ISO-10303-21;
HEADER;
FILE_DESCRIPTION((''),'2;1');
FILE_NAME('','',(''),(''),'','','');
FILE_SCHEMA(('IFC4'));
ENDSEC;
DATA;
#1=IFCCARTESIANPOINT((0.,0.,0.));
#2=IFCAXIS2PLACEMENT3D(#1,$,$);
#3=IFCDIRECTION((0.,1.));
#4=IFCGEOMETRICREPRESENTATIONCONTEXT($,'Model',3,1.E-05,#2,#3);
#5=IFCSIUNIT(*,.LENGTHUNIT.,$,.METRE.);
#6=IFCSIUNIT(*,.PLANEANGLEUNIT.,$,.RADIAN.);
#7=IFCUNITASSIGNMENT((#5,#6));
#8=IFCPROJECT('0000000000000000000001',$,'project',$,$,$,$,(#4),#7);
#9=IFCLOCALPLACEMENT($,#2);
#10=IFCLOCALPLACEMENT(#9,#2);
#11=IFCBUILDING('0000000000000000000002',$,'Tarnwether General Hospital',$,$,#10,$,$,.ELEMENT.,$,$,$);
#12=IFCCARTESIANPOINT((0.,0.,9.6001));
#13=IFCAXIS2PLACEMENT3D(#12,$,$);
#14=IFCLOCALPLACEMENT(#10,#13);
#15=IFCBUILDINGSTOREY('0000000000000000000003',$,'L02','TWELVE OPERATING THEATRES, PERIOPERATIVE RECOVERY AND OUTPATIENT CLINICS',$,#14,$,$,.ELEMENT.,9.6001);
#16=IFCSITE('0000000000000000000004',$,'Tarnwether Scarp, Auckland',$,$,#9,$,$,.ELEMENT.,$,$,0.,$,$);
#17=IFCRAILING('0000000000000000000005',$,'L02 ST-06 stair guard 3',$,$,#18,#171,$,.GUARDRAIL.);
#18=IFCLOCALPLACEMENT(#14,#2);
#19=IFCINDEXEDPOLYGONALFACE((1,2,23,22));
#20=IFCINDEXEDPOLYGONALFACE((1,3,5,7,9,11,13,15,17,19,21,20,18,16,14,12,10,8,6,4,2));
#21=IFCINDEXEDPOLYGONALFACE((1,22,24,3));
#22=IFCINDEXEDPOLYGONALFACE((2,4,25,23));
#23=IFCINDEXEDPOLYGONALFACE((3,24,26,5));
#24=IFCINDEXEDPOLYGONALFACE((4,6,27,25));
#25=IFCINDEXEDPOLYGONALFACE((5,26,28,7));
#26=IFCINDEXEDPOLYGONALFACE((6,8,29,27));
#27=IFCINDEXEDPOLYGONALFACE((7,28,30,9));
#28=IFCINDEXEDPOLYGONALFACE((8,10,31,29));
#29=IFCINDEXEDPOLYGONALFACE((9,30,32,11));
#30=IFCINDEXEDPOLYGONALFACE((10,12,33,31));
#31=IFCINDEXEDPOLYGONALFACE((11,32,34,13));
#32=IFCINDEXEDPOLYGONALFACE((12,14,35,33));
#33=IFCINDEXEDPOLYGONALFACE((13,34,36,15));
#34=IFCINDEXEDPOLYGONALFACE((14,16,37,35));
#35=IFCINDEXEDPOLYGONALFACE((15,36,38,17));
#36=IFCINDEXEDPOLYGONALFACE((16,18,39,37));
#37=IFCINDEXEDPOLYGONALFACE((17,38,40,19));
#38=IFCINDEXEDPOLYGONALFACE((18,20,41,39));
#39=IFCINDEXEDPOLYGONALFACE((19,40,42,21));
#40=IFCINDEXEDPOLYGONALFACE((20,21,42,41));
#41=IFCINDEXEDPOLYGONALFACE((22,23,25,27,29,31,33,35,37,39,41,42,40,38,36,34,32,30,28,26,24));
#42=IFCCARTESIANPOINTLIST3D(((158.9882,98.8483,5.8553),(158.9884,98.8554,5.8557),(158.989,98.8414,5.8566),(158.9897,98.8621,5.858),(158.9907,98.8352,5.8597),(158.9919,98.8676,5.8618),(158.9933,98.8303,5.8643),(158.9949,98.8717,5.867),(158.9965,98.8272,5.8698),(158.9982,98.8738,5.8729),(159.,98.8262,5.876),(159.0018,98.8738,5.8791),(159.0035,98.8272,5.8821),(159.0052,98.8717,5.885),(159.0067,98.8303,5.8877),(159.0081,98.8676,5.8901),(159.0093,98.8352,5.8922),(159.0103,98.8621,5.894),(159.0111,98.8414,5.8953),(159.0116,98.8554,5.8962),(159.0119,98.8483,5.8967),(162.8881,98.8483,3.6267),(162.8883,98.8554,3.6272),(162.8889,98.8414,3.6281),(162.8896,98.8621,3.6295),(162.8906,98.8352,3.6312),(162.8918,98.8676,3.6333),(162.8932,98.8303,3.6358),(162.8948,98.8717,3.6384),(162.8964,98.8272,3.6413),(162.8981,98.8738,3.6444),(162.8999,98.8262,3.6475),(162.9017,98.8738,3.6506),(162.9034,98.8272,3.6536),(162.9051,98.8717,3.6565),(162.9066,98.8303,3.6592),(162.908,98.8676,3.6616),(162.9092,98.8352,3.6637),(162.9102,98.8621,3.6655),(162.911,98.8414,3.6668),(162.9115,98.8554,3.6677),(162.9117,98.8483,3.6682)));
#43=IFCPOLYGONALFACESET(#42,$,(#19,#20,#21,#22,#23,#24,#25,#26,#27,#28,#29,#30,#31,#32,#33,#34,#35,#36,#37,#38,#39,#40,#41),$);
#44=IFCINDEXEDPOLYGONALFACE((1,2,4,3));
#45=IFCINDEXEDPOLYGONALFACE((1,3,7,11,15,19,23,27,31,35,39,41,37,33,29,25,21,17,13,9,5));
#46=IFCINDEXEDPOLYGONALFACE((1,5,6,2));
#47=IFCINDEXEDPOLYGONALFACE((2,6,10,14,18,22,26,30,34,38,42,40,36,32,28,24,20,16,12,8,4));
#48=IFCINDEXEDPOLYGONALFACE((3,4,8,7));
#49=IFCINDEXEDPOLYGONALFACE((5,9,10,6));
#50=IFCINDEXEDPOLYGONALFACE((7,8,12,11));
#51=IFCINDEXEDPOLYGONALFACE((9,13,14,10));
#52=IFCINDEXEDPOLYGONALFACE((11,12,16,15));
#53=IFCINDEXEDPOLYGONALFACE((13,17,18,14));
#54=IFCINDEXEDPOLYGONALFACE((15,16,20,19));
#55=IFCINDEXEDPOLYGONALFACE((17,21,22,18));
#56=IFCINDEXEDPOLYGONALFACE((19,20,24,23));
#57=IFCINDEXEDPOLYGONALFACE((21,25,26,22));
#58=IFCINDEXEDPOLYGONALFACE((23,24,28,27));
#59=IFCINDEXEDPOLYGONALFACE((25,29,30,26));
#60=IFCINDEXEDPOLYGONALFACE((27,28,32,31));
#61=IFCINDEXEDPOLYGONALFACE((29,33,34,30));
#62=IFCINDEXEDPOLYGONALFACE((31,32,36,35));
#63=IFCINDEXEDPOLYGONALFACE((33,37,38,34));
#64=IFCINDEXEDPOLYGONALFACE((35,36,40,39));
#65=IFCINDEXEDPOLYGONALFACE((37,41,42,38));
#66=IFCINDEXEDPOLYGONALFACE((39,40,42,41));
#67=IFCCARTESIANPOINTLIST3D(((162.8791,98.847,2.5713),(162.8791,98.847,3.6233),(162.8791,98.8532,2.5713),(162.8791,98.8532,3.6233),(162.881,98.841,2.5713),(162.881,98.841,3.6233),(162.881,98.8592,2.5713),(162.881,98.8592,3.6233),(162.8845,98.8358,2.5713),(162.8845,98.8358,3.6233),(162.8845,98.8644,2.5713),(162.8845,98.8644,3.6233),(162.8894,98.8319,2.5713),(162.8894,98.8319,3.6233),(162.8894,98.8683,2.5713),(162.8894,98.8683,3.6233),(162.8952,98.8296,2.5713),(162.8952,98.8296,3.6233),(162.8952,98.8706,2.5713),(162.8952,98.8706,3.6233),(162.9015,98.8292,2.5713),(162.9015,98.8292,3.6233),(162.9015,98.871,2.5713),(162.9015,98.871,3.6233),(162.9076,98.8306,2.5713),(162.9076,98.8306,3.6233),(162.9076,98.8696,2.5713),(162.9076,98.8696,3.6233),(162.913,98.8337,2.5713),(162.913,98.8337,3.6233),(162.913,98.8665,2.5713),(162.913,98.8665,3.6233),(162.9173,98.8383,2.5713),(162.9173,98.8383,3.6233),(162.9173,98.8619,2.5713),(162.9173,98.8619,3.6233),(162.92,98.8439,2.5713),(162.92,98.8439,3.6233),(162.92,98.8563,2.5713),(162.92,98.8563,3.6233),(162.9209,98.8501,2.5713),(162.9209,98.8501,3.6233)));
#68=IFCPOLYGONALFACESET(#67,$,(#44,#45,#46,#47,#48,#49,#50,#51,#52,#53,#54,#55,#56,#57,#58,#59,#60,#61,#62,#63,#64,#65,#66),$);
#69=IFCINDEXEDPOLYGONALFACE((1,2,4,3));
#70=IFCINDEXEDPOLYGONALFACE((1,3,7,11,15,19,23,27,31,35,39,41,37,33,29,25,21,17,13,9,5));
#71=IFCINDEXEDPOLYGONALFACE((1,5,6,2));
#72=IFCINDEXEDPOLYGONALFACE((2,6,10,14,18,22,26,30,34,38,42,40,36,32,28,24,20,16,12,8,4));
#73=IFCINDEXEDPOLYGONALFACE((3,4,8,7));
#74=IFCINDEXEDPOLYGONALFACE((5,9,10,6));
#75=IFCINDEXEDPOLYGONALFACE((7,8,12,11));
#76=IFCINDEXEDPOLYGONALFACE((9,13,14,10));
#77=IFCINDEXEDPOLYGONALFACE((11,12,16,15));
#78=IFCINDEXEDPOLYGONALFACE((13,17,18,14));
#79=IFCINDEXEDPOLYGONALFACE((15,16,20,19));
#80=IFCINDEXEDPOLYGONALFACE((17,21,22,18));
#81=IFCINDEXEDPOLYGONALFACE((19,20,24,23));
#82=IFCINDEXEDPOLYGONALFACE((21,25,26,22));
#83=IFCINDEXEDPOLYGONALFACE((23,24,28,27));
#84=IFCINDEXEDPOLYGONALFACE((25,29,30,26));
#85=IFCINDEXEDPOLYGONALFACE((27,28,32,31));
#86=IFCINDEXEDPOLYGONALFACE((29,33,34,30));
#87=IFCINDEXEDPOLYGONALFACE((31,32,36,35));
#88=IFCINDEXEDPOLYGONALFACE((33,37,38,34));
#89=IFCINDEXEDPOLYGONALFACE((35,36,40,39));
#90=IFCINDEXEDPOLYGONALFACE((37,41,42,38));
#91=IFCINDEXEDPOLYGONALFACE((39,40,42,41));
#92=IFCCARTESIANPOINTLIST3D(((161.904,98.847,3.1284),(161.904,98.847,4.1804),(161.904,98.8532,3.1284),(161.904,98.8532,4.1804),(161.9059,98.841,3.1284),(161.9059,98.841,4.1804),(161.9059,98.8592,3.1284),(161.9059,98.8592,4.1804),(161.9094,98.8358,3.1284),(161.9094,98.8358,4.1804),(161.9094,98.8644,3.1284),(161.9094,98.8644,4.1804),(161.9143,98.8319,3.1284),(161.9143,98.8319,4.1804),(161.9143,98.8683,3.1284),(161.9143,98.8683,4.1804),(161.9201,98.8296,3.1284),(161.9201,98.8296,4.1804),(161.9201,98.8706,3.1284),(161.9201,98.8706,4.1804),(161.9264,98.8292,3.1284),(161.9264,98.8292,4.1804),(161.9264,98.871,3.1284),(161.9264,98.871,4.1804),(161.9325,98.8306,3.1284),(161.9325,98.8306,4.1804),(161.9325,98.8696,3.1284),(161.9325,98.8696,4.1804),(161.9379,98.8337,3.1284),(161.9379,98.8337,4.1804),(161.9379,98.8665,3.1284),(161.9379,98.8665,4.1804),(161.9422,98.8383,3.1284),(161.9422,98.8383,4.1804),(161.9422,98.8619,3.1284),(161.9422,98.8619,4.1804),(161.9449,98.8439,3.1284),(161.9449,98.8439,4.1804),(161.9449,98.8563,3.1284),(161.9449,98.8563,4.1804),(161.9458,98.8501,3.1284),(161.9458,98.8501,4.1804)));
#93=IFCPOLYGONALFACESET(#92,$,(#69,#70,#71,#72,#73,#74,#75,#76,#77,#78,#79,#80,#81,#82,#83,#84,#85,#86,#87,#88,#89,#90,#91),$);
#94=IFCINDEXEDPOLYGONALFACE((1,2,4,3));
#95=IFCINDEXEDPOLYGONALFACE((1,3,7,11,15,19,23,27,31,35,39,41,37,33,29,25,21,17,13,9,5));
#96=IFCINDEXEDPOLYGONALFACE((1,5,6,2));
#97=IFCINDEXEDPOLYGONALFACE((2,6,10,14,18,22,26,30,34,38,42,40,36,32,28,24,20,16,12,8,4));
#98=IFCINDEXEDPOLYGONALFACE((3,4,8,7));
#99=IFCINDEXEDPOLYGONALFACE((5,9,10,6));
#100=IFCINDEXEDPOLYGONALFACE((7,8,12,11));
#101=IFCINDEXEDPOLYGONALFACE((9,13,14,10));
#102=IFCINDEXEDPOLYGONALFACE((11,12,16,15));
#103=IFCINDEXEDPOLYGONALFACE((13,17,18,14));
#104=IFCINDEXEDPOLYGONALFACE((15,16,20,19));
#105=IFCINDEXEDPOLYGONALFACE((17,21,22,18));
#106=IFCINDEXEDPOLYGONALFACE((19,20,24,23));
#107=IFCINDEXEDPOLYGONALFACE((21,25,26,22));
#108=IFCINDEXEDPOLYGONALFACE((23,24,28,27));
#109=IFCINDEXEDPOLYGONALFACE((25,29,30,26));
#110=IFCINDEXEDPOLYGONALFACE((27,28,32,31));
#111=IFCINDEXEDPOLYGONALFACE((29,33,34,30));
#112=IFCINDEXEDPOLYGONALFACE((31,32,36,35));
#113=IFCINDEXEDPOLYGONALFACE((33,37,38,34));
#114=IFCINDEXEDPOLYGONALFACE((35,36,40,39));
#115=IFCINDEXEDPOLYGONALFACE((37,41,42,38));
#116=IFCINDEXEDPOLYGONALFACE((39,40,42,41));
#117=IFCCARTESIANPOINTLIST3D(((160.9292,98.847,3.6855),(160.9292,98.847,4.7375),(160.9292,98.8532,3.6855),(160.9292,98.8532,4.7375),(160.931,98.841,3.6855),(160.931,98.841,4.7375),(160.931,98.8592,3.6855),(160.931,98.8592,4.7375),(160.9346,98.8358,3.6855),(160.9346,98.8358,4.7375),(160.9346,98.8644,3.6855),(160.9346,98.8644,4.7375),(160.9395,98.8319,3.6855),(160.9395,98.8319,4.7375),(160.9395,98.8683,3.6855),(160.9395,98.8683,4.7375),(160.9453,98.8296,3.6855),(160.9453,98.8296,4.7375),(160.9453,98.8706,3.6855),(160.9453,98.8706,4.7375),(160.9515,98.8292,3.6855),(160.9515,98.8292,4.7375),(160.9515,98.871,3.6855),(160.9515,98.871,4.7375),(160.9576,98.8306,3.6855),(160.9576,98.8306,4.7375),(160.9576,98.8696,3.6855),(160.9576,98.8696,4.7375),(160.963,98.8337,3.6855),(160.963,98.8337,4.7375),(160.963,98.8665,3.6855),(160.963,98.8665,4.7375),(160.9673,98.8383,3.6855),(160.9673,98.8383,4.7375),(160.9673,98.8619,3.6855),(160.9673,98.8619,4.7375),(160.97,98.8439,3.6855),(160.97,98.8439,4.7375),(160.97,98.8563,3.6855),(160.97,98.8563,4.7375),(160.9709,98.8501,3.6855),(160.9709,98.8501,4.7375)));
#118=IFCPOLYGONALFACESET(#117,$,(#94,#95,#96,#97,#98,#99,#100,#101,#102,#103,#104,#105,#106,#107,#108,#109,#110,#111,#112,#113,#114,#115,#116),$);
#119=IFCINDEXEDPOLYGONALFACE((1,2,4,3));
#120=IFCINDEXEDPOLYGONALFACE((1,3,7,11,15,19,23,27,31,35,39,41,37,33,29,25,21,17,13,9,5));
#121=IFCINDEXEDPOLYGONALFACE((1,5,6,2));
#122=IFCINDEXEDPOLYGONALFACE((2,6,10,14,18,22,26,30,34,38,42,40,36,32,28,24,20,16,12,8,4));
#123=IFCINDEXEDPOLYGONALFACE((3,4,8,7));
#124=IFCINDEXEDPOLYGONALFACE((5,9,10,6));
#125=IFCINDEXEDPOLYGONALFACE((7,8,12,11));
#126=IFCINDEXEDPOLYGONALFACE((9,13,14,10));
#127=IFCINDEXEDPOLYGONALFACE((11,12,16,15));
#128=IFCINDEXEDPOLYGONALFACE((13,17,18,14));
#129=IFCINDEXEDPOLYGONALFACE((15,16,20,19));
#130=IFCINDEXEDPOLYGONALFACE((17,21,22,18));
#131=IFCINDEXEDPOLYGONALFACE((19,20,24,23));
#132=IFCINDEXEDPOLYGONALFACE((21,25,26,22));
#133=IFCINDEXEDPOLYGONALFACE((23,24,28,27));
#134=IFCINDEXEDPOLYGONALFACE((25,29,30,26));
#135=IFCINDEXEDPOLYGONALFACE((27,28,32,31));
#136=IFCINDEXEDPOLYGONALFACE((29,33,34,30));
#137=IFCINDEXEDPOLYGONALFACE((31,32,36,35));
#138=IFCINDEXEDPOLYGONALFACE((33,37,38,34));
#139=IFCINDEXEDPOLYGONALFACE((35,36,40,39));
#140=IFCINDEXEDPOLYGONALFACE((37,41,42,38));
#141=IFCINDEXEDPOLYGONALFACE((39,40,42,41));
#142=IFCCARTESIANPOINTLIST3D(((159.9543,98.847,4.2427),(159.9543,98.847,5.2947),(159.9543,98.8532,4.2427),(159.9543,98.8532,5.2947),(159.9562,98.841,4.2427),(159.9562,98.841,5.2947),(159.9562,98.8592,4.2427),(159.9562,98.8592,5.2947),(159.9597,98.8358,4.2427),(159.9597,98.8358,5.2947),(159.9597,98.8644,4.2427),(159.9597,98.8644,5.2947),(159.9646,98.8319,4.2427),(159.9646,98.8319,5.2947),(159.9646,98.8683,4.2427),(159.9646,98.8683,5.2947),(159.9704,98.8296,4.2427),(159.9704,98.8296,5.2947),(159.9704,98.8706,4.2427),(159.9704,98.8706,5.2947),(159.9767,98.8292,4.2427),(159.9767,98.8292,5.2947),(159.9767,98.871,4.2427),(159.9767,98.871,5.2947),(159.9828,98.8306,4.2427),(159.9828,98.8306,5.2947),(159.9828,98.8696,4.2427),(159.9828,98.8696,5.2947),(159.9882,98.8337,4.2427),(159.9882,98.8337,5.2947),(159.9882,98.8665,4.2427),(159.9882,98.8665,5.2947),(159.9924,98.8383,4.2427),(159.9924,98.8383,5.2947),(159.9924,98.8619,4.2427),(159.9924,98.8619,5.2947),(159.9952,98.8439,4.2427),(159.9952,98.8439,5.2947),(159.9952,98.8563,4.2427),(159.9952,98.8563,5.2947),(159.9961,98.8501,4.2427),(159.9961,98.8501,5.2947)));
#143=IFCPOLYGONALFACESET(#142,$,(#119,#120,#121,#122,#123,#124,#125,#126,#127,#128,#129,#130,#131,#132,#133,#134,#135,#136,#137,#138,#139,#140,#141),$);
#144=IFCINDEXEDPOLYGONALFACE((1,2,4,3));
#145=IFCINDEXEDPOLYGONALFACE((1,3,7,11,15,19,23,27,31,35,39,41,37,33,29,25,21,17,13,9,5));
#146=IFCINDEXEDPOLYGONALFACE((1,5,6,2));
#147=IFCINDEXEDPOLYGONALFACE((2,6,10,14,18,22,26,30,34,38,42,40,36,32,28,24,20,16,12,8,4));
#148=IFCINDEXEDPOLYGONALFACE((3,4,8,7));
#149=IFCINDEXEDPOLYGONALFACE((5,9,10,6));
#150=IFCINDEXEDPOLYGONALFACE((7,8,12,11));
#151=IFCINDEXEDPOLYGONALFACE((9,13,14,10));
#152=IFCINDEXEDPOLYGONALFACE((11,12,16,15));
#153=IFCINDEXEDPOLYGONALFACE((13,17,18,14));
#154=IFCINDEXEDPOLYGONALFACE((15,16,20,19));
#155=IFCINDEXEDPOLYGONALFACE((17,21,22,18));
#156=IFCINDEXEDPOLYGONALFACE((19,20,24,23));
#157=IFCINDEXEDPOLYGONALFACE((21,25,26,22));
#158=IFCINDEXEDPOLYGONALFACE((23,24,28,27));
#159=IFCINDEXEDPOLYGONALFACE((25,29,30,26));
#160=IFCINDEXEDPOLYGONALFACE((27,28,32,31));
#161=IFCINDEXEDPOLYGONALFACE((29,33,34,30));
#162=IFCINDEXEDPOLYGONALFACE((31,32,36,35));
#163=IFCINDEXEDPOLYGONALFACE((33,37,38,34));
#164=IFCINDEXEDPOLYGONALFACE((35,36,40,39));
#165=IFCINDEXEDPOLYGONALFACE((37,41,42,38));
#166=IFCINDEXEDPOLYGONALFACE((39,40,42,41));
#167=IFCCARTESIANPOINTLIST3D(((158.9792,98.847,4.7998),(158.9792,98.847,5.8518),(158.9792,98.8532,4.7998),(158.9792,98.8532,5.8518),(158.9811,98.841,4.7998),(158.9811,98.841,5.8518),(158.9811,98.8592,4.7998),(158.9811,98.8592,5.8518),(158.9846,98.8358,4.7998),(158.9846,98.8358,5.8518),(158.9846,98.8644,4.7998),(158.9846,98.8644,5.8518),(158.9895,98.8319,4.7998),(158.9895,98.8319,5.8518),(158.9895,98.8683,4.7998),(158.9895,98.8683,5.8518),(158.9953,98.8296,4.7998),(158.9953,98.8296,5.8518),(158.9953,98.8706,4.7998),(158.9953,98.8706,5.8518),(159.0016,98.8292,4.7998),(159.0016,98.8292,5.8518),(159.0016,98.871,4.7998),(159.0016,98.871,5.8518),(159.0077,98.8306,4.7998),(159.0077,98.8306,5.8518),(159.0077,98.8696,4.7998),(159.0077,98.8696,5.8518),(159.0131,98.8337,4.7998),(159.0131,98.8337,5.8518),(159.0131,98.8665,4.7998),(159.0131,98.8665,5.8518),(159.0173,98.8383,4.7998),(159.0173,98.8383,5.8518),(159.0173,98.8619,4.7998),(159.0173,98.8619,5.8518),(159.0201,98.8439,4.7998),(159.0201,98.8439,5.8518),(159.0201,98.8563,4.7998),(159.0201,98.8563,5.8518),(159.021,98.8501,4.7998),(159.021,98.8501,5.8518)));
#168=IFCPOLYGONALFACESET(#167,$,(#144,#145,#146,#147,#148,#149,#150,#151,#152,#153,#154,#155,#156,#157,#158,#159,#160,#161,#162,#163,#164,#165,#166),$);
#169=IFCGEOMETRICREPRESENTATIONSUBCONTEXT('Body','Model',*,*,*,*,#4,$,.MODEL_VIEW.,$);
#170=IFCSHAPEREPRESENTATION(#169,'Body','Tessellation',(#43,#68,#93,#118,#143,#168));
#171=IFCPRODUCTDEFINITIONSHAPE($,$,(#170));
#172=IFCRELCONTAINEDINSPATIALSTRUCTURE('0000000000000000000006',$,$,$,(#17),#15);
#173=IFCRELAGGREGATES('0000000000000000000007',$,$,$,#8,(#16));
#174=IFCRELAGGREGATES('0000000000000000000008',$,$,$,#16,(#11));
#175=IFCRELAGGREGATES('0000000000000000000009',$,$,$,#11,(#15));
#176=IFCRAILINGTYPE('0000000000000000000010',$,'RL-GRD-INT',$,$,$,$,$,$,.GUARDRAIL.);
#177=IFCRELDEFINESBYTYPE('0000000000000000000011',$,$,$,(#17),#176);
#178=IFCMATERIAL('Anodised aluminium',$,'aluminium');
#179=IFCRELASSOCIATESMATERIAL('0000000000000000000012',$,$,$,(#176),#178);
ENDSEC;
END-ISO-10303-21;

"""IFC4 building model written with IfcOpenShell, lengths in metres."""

from ifc_helpers import new_model, si_unit, direction, frame, origin, origin_2d, place, context, subcontext, project, spatial, circle, extrude, material, type_object, element, save


model = new_model("IFC4")

# Units and contexts
model_context = context("Model", 3, precision=1e-05, world=origin(), true_north=direction((0.0, 1.0)))
body_context = subcontext(model_context, "Body", "Model", "MODEL_VIEW")
ifc_project = project(units=[si_unit("LENGTHUNIT", "METRE"), si_unit("PLANEANGLEUNIT", "RADIAN")], contexts=[model_context])

# Site, building, storey
site_placement = place(None, origin())
site = spatial("IfcSite", under=ifc_project, at=site_placement, Name="Tarnwether Scarp, Auckland", CompositionType="ELEMENT", RefElevation=0.0)
building_placement = place(site_placement, origin())
building = spatial("IfcBuilding", under=site, at=building_placement, Name="Tarnwether General Hospital", CompositionType="ELEMENT")
storey_placement = place(building_placement, frame((0.0, 0.0, 9.6001)))
storey = spatial("IfcBuildingStorey", under=building, at=storey_placement, Name="L02", Description="TWELVE OPERATING THEATRES, PERIOPERATIVE RECOVERY AND OUTPATIENT CLINICS", CompositionType="ELEMENT", Elevation=9.6001)

# Railing
ifc_material_1 = material(Name="Anodised aluminium", Category="aluminium")
railing_type_1 = type_object("IfcRailingType", Name="RL-GRD-INT", PredefinedType="GUARDRAIL", material=ifc_material_1)
railing_1_placement = place(storey_placement, frame((162.8999, 98.8501, 2.5713)))
element("IfcRailing", 1, at=railing_1_placement, inside=storey, type_object=railing_type_1, Name="L02 ST-06 stair guard 3", PredefinedType="GUARDRAIL", context=body_context, shape_type="SweptSolid", body=[
    extrude(circle(Radius=0.0239, at=origin_2d()), frame((0.0, 0.0, 1.0762), z_axis=(-0.868243, 0.0, 0.496139), x_axis=(0.0, -1.0, 0.0)), (0.0, 0.0, 1.0), 4.4917),
    extrude(circle(Radius=0.021, at=origin_2d()), origin(), (0.0, 0.0, 1.0), 1.052),
    extrude(circle(Radius=0.021, at=origin_2d()), frame((-0.9751, 0.0, 0.5571)), (0.0, 0.0, 1.0), 1.052),
    extrude(circle(Radius=0.021, at=origin_2d()), frame((-1.95, 0.0, 1.1143)), (0.0, 0.0, 1.0), 1.052),
    extrude(circle(Radius=0.021, at=origin_2d()), frame((-2.9248, 0.0, 1.6714)), (0.0, 0.0, 1.0), 1.052),
    extrude(circle(Radius=0.021, at=origin_2d()), frame((-3.8999, 0.0, 2.2285)), (0.0, 0.0, 1.0), 1.052),
])

save(model, "model.ifc")
